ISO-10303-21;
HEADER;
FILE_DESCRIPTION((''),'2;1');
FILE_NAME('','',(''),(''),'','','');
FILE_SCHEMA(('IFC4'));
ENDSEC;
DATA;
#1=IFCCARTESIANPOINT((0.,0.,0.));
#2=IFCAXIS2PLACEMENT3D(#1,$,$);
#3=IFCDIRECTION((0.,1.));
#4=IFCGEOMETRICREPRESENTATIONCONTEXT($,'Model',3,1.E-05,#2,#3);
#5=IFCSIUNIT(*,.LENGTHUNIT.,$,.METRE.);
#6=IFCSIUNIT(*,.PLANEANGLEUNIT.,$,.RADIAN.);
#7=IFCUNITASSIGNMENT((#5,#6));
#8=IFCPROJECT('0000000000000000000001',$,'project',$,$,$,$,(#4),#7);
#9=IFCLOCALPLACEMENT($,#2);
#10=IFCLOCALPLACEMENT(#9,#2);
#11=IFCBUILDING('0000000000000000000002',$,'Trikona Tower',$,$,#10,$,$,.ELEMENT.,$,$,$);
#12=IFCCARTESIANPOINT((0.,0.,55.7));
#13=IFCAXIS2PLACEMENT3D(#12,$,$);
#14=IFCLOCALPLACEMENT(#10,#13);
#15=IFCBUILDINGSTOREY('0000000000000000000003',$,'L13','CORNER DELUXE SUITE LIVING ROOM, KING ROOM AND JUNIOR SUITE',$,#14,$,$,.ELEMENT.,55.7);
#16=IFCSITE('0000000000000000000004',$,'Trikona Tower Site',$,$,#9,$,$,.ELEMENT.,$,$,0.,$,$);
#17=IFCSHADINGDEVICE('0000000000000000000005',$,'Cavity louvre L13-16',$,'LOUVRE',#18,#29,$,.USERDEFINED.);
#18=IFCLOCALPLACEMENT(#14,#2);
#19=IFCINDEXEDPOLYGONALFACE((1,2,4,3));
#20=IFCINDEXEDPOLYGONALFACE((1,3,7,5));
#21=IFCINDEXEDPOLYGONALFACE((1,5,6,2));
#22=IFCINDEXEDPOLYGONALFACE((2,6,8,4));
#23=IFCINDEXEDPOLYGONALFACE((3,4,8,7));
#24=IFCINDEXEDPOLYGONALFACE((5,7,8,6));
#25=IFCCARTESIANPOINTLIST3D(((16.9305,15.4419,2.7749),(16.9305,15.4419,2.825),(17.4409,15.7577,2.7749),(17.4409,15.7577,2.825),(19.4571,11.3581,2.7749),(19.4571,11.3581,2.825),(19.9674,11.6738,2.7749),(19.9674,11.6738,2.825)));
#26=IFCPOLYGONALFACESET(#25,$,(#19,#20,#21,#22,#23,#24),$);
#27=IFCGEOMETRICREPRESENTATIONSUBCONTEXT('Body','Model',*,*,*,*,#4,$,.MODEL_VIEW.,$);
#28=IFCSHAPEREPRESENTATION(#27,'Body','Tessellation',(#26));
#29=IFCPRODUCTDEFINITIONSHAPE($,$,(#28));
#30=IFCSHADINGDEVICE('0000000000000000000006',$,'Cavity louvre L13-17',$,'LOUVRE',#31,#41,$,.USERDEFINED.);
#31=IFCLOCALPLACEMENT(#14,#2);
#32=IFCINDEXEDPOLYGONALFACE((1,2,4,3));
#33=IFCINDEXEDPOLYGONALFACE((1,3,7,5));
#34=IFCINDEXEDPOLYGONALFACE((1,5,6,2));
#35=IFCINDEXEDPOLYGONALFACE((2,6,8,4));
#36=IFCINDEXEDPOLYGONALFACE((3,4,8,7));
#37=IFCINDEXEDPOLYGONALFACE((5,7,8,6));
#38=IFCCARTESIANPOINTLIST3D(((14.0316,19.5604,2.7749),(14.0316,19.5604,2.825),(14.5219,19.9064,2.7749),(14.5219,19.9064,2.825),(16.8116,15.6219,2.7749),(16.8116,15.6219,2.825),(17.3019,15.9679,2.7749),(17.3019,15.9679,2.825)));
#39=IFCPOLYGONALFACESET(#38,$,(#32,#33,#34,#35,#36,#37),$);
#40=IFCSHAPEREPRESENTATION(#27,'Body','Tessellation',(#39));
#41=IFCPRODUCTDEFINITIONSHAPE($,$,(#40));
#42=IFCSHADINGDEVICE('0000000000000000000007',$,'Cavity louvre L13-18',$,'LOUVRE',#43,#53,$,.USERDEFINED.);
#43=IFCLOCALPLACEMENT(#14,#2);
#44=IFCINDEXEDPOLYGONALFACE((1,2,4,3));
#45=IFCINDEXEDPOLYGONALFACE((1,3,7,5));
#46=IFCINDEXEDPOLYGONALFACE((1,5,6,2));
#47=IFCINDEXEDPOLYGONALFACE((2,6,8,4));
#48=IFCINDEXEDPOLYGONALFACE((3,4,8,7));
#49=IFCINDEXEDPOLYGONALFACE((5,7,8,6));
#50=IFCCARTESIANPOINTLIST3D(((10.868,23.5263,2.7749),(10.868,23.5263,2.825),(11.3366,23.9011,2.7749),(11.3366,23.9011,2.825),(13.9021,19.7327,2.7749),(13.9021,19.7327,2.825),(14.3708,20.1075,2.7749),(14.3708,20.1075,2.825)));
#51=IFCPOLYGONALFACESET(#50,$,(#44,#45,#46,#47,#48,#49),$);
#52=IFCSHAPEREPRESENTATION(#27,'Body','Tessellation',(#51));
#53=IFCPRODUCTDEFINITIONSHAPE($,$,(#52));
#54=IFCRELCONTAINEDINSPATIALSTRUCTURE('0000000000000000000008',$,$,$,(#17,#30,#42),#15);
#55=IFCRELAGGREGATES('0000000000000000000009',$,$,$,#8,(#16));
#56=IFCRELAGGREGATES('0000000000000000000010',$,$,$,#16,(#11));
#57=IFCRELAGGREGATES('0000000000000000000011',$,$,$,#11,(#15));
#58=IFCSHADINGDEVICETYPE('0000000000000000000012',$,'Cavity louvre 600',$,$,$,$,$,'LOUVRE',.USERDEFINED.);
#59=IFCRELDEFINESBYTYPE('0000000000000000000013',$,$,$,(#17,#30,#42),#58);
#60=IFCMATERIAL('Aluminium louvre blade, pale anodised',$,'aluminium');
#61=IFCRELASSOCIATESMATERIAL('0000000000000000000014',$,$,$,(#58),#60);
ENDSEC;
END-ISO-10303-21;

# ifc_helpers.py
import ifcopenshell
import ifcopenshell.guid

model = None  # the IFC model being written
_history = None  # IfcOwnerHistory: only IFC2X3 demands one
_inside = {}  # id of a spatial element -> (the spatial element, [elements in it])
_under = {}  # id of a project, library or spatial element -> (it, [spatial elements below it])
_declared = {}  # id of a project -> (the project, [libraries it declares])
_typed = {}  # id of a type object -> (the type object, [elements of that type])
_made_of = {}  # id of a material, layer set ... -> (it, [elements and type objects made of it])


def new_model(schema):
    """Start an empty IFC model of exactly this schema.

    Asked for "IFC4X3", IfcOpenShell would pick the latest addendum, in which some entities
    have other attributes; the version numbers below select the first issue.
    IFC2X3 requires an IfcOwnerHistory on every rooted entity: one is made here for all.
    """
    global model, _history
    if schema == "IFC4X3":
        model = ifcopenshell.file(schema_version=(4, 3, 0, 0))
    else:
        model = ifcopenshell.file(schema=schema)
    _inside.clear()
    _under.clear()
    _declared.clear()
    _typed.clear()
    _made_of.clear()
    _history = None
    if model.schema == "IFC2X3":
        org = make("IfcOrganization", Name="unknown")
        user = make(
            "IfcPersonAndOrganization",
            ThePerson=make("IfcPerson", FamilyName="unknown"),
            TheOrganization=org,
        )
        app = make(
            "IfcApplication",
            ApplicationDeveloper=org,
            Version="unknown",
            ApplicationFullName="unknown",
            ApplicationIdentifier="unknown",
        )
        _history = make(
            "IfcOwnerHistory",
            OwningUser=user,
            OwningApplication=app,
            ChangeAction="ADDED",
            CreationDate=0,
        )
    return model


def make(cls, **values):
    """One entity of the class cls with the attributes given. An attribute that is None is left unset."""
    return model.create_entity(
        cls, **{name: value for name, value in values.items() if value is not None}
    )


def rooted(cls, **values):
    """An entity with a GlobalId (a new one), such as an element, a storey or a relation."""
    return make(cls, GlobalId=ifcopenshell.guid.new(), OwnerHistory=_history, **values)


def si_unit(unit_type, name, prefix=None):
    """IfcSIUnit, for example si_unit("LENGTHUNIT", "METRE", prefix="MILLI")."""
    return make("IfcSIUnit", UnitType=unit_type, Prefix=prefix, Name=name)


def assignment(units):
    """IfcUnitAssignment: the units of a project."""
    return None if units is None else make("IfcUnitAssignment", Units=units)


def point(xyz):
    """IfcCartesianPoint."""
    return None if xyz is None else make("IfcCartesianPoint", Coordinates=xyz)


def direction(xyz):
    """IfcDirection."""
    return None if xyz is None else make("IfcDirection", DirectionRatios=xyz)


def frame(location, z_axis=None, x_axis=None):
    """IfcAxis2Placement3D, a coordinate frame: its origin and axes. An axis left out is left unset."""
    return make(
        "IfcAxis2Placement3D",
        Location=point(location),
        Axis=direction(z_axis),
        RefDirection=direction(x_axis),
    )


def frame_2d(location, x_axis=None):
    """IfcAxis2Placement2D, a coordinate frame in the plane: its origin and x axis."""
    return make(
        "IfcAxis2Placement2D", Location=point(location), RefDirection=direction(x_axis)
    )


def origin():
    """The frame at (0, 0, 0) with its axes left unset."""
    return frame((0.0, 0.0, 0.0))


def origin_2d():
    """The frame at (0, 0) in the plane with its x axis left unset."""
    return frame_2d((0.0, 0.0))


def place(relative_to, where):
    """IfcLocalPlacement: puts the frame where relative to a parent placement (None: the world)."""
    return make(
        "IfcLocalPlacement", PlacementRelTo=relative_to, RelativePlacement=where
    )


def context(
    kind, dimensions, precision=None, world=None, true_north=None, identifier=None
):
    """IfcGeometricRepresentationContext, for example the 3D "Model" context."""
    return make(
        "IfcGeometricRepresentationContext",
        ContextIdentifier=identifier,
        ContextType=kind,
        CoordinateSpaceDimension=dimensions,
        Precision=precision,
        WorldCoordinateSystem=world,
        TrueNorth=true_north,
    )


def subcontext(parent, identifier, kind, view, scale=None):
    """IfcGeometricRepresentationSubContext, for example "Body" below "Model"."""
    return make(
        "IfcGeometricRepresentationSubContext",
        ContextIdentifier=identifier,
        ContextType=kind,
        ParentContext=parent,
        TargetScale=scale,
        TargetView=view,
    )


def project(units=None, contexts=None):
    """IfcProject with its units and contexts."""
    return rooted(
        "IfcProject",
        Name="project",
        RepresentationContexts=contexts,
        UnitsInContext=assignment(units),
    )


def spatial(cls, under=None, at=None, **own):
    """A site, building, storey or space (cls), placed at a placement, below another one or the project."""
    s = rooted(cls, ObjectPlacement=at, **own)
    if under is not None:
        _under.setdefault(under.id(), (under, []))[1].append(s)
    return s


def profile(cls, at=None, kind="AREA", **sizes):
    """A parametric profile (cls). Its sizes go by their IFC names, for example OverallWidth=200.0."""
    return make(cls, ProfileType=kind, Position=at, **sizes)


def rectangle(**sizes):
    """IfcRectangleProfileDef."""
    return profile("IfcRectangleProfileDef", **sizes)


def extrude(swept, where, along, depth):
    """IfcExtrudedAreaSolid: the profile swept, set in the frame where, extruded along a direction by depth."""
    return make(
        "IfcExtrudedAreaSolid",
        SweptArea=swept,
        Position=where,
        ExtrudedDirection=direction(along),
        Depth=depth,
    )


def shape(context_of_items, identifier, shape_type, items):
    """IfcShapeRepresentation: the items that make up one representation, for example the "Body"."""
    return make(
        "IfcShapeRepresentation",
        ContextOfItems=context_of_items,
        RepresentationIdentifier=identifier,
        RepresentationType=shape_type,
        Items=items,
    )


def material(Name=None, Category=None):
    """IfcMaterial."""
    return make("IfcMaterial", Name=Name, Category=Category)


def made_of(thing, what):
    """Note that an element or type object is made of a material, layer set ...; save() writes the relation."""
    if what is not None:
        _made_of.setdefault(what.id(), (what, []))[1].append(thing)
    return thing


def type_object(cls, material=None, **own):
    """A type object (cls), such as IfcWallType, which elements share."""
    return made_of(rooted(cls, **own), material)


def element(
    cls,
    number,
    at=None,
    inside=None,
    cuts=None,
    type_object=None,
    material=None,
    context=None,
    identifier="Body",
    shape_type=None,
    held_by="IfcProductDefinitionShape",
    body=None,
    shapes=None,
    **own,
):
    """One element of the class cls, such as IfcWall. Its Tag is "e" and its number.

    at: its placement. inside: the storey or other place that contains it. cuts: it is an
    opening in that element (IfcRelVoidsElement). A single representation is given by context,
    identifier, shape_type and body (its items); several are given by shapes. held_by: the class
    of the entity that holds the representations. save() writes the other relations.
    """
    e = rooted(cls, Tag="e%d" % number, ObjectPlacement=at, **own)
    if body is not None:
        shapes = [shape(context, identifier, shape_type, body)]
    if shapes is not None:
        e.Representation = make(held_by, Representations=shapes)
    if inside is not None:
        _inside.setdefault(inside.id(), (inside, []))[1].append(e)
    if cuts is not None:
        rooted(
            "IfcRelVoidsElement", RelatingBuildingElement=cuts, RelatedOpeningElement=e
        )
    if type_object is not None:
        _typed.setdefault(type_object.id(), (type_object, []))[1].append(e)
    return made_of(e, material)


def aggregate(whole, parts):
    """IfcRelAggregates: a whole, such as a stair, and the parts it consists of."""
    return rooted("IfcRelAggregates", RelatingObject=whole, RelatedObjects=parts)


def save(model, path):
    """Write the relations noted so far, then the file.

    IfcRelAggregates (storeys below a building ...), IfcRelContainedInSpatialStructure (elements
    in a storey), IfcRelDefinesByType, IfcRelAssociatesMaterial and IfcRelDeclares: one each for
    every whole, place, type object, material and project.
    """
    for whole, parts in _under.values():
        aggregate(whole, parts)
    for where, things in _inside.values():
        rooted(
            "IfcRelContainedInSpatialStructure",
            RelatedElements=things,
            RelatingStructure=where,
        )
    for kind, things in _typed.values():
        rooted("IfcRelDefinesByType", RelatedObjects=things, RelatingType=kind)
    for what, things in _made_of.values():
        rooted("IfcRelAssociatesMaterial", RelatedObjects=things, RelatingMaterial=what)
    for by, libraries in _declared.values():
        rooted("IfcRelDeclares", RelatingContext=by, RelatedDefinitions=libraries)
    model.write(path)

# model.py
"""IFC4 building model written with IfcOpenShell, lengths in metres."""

from ifc_helpers import new_model, si_unit, direction, frame, origin, origin_2d, place, context, subcontext, project, spatial, rectangle, extrude, material, type_object, element, save


model = new_model("IFC4")

# Units and contexts
model_context = context("Model", 3, precision=1e-05, world=origin(), true_north=direction((0.0, 1.0)))
body_context = subcontext(model_context, "Body", "Model", "MODEL_VIEW")
ifc_project = project(units=[si_unit("LENGTHUNIT", "METRE"), si_unit("PLANEANGLEUNIT", "RADIAN")], contexts=[model_context])

# Site, building, storey
site_placement = place(None, origin())
site = spatial("IfcSite", under=ifc_project, at=site_placement, Name="Trikona Tower Site", CompositionType="ELEMENT", RefElevation=0.0)
building_placement = place(site_placement, origin())
building = spatial("IfcBuilding", under=site, at=building_placement, Name="Trikona Tower", CompositionType="ELEMENT")
storey_placement = place(building_placement, frame((0.0, 0.0, 55.7)))
storey = spatial("IfcBuildingStorey", under=building, at=storey_placement, Name="L13", Description="CORNER DELUXE SUITE LIVING ROOM, KING ROOM AND JUNIOR SUITE", CompositionType="ELEMENT", Elevation=55.7)

# Shading devices
ifc_material_1 = material(Name="Aluminium louvre blade, pale anodised", Category="aluminium")
shading_device_type = type_object("IfcShadingDeviceType", Name="Cavity louvre 600", ElementType="LOUVRE", PredefinedType="USERDEFINED", material=ifc_material_1)
shading_device_1_placement = place(storey_placement, frame((18.449, 13.5579, 2.7749), z_axis=(0.0, 0.0, 1.0), x_axis=(-0.526119, 0.850411, 0.0)))
element("IfcShadingDevice", 1, at=shading_device_1_placement, inside=storey, type_object=shading_device_type, Name="Cavity louvre L13-16", ObjectType="LOUVRE", PredefinedType="USERDEFINED", context=body_context, shape_type="SweptSolid", body=[
    extrude(rectangle(XDim=4.8022, YDim=0.6001, at=origin_2d()), origin(), (0.0, 0.0, 1.0), 0.05),
])
shading_device_2_placement = place(storey_placement, frame((15.6667, 17.7642, 2.7749), z_axis=(0.0, 0.0, 1.0), x_axis=(-0.576662, 0.816983, 0.0)))
element("IfcShadingDevice", 2, at=shading_device_2_placement, inside=storey, type_object=shading_device_type, Name="Cavity louvre L13-17", ObjectType="LOUVRE", PredefinedType="USERDEFINED", context=body_context, shape_type="SweptSolid", body=[
    extrude(rectangle(XDim=4.8208, YDim=0.6001, at=origin_2d()), origin(), (0.0, 0.0, 1.0), 0.05),
])
shading_device_3_placement = place(storey_placement, frame((12.6194, 21.8169, 2.7749), z_axis=(0.0, 0.0, 1.0), x_axis=(-0.624604, 0.780942, 0.0)))
element("IfcShadingDevice", 3, at=shading_device_3_placement, inside=storey, type_object=shading_device_type, Name="Cavity louvre L13-18", ObjectType="LOUVRE", PredefinedType="USERDEFINED", context=body_context, shape_type="SweptSolid", body=[
    extrude(rectangle(XDim=4.8577, YDim=0.6001, at=origin_2d()), origin(), (0.0, 0.0, 1.0), 0.05),
])

save(model, "model.ifc")
